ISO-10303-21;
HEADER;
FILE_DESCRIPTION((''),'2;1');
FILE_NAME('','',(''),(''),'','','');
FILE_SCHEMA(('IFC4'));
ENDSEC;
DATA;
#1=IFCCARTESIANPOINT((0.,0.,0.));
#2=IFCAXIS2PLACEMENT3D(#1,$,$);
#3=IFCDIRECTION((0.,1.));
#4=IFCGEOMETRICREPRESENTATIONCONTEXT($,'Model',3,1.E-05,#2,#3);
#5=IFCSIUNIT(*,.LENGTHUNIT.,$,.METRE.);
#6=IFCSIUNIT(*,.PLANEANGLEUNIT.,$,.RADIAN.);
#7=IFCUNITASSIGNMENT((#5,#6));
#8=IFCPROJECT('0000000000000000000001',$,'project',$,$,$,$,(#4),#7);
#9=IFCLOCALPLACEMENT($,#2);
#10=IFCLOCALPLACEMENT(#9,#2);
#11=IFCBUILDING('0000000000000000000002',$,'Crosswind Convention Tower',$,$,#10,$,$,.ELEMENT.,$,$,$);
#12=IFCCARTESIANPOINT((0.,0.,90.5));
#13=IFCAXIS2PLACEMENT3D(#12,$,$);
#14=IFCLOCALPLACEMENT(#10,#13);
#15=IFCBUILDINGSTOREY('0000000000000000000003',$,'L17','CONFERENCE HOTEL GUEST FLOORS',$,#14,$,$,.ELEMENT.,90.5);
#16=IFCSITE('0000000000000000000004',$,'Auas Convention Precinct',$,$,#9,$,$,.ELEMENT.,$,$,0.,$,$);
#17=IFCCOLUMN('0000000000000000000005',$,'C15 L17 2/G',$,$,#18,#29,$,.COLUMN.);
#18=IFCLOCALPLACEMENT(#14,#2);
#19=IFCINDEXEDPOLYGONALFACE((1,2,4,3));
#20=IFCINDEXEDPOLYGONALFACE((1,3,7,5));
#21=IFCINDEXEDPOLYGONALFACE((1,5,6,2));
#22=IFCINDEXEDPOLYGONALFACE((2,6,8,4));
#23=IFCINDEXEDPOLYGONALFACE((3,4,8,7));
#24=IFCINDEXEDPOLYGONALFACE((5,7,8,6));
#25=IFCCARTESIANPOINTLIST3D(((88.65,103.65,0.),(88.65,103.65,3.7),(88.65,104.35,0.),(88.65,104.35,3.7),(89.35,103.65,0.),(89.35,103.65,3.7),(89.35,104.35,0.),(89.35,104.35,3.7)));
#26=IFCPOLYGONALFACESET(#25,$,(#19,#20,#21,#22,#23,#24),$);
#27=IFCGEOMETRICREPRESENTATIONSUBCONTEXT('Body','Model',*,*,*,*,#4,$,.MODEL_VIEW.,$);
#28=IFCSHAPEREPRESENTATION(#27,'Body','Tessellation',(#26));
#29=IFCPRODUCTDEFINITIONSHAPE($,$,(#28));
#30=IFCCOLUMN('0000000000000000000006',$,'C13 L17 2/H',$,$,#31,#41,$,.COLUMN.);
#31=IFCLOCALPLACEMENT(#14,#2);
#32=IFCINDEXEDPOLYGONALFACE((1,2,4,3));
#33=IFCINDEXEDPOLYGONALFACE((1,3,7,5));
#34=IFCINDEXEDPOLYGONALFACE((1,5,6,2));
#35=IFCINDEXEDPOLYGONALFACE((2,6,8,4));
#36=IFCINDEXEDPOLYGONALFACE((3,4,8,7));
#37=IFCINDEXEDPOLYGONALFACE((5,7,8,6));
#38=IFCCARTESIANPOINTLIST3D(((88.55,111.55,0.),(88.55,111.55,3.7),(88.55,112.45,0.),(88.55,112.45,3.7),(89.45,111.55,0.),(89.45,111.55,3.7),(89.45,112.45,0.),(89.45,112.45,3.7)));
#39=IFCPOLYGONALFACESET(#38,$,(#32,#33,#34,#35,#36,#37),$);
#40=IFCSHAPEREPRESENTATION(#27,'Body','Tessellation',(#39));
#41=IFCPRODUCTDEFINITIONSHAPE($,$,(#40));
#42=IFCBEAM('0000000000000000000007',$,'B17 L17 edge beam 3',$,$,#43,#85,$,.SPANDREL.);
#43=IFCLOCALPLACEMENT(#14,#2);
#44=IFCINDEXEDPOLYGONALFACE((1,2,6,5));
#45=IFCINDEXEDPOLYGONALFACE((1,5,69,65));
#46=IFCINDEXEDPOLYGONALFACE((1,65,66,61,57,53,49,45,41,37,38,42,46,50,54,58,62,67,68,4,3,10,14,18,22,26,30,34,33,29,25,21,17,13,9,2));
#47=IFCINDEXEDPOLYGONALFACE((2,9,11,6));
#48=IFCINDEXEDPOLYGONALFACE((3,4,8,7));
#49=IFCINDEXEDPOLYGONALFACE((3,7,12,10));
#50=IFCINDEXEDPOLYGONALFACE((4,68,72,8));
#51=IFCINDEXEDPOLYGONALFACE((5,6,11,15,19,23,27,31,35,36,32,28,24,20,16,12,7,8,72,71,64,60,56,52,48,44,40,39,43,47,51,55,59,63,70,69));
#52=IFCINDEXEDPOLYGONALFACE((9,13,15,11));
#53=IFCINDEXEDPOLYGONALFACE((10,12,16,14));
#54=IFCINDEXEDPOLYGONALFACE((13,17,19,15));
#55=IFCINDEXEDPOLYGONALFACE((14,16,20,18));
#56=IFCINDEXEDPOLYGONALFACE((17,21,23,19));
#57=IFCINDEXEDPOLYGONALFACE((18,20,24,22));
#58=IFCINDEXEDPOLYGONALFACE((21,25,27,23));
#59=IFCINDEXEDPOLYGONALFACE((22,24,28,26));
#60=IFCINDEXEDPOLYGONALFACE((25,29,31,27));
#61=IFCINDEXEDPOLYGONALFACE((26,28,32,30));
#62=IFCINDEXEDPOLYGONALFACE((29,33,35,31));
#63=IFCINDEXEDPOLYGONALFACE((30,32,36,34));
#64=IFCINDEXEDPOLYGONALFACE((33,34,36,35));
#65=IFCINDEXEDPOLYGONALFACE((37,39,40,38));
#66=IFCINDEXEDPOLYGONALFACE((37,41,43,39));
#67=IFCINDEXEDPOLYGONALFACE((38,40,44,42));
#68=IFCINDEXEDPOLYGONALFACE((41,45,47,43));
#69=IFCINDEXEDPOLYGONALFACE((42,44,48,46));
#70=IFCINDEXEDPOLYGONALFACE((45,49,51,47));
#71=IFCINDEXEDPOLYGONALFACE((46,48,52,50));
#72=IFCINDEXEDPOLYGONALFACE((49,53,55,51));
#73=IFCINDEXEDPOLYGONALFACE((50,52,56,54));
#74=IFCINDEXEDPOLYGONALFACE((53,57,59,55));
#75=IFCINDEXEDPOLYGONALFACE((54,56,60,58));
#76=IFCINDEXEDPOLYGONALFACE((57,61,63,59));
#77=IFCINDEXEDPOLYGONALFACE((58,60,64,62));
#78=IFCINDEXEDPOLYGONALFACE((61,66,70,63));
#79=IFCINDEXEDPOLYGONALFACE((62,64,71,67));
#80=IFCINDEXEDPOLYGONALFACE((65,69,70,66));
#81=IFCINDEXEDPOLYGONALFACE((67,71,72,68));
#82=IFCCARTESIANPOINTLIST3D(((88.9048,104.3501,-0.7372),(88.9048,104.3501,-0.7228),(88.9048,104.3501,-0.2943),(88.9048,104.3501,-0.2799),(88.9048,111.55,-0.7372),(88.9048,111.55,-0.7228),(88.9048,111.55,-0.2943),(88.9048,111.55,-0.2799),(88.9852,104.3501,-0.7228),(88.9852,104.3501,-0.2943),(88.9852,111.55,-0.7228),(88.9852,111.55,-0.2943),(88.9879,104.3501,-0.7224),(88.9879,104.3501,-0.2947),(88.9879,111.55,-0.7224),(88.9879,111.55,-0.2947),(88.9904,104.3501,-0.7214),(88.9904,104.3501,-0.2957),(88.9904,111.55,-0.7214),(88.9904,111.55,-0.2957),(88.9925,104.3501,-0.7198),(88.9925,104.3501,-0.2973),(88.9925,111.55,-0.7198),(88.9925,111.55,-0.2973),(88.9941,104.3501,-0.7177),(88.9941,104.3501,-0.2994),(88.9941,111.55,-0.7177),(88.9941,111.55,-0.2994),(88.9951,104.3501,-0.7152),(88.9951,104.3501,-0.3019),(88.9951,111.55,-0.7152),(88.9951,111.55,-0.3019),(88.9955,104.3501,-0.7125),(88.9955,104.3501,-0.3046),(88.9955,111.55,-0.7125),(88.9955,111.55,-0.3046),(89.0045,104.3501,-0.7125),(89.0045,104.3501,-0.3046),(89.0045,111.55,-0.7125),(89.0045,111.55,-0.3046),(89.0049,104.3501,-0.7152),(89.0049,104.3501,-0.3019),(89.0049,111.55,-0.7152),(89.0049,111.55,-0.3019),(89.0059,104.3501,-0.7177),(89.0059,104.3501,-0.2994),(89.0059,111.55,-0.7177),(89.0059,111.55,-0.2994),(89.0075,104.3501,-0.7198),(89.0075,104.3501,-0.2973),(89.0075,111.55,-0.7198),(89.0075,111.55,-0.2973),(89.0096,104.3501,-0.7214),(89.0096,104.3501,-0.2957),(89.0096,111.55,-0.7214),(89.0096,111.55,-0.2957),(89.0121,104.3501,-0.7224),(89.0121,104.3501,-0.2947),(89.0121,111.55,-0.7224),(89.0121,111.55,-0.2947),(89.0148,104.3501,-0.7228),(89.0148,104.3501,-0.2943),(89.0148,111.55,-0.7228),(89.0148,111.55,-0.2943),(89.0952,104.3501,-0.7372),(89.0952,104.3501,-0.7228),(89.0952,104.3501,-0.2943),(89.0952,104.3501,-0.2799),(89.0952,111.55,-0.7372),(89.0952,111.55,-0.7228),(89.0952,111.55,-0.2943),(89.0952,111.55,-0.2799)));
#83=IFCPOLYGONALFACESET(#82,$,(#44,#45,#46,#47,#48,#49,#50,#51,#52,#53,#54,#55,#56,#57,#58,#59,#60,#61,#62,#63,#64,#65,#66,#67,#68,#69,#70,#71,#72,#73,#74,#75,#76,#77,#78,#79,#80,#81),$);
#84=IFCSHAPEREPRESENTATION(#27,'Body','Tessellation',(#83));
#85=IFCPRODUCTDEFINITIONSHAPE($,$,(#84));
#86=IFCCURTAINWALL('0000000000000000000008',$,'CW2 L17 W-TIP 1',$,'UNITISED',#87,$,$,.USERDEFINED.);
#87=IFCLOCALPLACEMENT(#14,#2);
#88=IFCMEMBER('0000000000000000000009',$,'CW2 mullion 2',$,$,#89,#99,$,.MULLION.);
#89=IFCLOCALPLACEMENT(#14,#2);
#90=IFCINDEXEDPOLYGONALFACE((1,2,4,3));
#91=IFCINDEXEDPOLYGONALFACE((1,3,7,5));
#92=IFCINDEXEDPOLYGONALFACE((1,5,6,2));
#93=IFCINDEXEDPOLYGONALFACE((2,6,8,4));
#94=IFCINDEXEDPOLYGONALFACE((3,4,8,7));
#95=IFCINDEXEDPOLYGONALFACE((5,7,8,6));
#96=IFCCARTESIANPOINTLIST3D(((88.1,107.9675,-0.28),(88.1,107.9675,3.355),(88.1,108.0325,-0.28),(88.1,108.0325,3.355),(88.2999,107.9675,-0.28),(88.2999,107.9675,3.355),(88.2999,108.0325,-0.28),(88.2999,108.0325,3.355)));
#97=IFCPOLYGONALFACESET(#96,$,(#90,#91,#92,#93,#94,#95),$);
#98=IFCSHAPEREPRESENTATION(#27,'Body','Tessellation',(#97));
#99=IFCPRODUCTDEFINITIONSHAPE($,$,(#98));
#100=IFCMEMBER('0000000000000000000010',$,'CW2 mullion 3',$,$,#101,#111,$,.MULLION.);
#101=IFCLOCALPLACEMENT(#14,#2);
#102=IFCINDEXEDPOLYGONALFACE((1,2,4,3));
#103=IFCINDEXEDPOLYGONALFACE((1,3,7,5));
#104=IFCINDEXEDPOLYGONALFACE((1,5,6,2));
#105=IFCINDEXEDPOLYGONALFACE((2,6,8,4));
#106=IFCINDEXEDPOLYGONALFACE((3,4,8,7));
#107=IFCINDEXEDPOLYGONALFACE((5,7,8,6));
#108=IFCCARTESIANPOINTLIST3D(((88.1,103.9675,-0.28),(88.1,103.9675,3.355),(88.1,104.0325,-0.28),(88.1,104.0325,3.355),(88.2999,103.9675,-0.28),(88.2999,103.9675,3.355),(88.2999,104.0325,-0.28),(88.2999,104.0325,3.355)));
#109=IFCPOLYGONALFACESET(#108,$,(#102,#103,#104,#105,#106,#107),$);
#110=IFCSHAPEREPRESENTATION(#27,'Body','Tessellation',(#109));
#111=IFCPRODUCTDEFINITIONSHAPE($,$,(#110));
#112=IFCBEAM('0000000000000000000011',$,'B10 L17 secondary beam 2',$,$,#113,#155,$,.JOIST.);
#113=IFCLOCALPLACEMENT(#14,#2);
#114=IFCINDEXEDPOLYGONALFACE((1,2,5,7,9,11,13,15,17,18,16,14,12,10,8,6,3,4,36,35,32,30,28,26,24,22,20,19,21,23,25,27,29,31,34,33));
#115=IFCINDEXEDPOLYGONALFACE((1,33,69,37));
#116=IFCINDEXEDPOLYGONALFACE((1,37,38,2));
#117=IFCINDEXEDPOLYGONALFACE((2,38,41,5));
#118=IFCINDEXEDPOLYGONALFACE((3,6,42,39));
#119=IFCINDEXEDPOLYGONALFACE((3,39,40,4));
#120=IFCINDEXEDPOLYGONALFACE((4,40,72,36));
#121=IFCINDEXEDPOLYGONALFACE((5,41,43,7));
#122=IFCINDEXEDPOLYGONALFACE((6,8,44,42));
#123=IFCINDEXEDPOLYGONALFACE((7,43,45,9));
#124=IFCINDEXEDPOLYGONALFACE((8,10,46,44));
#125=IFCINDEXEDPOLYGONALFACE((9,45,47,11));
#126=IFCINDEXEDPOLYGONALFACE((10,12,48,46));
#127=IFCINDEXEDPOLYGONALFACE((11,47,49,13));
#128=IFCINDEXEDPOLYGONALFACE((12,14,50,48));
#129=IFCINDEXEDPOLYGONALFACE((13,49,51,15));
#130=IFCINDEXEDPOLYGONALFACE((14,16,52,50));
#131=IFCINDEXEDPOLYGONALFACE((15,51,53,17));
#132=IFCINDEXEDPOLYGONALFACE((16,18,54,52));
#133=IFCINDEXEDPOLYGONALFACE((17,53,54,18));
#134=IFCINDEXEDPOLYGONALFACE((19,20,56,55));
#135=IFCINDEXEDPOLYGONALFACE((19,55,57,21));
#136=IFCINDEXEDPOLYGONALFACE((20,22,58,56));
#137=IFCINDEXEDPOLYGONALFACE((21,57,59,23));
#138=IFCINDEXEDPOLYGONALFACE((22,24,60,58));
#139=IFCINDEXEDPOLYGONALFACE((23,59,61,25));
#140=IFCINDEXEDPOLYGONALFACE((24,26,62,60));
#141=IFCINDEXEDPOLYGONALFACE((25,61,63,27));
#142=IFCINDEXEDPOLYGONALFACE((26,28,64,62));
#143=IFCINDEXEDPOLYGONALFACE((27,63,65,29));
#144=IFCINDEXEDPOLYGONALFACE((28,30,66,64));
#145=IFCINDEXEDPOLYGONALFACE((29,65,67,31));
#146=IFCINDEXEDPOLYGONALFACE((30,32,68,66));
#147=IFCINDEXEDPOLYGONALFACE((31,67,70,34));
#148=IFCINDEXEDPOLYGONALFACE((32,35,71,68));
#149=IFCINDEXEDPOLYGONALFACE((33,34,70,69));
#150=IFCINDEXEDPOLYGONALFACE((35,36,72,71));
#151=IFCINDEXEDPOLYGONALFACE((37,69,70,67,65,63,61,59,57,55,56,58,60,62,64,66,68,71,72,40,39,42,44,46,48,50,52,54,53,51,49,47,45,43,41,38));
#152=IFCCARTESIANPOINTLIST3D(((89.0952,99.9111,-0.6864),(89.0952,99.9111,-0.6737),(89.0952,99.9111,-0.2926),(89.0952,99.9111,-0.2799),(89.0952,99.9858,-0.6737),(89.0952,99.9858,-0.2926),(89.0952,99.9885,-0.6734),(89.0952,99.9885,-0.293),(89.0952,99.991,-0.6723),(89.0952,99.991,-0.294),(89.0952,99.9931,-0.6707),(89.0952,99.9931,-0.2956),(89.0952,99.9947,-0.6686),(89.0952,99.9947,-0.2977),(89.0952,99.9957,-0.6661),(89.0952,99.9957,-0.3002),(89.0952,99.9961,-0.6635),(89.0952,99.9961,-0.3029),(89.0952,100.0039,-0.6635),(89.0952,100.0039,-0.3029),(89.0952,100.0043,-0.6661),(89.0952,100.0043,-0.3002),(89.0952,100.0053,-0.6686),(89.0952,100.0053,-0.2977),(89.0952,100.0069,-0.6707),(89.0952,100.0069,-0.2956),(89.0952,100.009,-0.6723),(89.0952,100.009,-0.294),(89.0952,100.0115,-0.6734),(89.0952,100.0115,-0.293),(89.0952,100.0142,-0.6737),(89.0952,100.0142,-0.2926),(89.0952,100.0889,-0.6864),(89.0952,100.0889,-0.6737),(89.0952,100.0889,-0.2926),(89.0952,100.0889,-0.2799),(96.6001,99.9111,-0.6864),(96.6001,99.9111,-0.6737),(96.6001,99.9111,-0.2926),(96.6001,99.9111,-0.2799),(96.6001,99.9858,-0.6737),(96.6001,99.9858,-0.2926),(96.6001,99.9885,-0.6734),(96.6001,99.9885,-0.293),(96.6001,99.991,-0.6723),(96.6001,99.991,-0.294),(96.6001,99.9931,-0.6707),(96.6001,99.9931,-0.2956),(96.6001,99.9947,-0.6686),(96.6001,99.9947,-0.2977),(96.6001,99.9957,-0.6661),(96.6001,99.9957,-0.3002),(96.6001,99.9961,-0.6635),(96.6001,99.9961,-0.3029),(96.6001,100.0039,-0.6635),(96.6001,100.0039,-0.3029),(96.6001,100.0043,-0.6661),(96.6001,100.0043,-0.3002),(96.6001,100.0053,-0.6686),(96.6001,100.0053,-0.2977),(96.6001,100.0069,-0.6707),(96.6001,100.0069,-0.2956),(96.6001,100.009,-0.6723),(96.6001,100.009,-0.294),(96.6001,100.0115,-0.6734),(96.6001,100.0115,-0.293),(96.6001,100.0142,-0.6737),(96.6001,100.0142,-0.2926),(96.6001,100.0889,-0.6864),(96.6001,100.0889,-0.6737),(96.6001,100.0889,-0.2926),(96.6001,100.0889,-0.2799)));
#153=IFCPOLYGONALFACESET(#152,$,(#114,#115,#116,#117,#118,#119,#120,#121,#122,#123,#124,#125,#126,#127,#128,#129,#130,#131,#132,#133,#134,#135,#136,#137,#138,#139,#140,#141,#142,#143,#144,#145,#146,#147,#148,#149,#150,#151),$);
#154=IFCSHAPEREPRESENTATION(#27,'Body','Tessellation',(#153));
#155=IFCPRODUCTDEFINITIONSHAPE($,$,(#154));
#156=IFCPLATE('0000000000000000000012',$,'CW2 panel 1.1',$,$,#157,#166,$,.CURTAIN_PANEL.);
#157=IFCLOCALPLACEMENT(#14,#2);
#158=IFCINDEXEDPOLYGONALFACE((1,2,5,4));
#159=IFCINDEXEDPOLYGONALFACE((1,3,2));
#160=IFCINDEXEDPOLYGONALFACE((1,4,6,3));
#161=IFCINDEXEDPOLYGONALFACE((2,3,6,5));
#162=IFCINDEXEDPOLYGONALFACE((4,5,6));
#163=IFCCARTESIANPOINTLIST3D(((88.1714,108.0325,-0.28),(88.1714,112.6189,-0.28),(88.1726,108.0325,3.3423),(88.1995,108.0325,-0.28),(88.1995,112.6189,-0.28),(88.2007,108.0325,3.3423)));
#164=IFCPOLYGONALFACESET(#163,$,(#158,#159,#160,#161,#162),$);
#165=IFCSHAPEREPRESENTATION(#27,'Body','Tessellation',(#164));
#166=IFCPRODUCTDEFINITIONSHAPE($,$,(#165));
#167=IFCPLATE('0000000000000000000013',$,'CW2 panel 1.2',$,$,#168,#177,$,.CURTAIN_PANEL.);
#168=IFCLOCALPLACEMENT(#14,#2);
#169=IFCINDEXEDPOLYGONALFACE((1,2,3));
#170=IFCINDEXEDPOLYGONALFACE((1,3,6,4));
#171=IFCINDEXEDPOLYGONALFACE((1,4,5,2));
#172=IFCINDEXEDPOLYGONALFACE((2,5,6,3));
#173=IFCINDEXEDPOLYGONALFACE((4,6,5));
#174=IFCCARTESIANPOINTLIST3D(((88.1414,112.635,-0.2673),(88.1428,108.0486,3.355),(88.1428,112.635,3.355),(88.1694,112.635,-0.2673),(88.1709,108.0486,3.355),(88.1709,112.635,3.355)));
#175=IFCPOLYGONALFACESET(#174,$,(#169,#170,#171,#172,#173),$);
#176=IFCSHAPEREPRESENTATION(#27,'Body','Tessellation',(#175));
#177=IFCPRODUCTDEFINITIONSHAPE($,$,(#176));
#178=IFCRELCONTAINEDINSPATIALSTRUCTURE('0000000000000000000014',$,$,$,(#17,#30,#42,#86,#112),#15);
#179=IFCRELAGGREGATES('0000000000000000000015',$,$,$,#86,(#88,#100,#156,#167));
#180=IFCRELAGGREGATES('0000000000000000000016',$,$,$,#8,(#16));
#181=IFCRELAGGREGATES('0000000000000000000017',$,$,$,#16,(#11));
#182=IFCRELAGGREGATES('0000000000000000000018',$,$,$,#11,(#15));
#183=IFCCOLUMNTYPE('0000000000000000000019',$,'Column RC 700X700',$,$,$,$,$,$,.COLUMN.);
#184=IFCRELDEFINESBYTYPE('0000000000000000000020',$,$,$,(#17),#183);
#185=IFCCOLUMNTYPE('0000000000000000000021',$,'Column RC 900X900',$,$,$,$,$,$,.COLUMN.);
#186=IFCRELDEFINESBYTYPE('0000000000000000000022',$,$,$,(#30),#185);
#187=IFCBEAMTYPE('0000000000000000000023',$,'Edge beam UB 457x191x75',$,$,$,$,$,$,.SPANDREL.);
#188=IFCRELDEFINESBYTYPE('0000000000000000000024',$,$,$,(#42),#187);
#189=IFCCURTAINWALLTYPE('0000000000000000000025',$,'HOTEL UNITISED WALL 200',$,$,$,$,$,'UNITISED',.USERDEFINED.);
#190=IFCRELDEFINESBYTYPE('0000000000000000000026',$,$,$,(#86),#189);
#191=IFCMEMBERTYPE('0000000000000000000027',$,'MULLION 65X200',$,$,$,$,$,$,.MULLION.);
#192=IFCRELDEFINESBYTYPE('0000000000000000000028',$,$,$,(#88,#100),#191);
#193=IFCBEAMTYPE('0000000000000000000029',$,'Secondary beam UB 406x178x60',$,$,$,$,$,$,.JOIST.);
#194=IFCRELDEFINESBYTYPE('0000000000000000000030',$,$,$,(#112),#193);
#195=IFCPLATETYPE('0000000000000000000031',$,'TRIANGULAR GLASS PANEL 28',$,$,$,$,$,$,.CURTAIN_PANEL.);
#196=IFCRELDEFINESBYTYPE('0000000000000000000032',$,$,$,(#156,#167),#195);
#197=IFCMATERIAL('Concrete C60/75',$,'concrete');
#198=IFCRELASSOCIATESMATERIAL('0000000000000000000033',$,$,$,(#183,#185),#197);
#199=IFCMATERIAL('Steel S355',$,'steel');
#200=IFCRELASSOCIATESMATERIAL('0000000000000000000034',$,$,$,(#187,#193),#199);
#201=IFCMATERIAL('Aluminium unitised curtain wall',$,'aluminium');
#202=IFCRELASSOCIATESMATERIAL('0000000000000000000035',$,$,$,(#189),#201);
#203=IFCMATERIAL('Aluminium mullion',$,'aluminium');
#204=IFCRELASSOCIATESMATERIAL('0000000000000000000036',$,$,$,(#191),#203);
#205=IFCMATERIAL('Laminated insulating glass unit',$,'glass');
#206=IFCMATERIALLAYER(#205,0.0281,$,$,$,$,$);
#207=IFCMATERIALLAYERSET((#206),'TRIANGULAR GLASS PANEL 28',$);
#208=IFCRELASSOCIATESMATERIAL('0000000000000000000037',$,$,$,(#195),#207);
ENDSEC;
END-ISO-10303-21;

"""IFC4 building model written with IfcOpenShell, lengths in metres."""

from ifc_helpers import new_model, si_unit, direction, frame, origin, origin_2d, place, context, subcontext, project, spatial, polyline, rectangle, i_section, outline, extrude, material, layer, layer_set, material_profile, profile_set, type_object, element, aggregate, save


model = new_model("IFC4")

# Units and contexts
model_context = context("Model", 3, precision=1e-05, world=origin(), true_north=direction((0.0, 1.0)))
body_context = subcontext(model_context, "Body", "Model", "MODEL_VIEW")
ifc_project = project(units=[si_unit("LENGTHUNIT", "METRE"), si_unit("PLANEANGLEUNIT", "RADIAN")], contexts=[model_context])

# Site, building, storey
site_placement = place(None, origin())
site = spatial("IfcSite", under=ifc_project, at=site_placement, Name="Auas Convention Precinct", CompositionType="ELEMENT", RefElevation=0.0)
building_placement = place(site_placement, origin())
building = spatial("IfcBuilding", under=site, at=building_placement, Name="Crosswind Convention Tower", CompositionType="ELEMENT")
storey_placement = place(building_placement, frame((0.0, 0.0, 90.5)))
storey = spatial("IfcBuildingStorey", under=building, at=storey_placement, Name="L17", Description="CONFERENCE HOTEL GUEST FLOORS", CompositionType="ELEMENT", Elevation=90.5)

# Columns
ifc_material_1 = material(Name="Concrete C60/75", Category="concrete")
ifc_material_profile_1 = material_profile(ifc_material_1, rectangle(XDim=0.7, YDim=0.7, at=origin_2d()), Name="RC 700X700")
ifc_profile_set_1 = profile_set([ifc_material_profile_1], Name="Concrete C60/75")
column_type_1 = type_object("IfcColumnType", Name="Column RC 700X700", PredefinedType="COLUMN", material=ifc_profile_set_1)
column_1_placement = place(storey_placement, frame((89.0, 104.0, 0.0), z_axis=(0.0, 0.0, 1.0), x_axis=(1.0, 0.0, 0.0)))
element("IfcColumn", 1, at=column_1_placement, inside=storey, type_object=column_type_1, Name="C15 L17 2/G", PredefinedType="COLUMN", context=body_context, shape_type="SweptSolid", body=[
    extrude(rectangle(XDim=0.7, YDim=0.7, at=origin_2d()), origin(), (0.0, 0.0, 1.0), 3.7),
])
ifc_material_profile_2 = material_profile(ifc_material_1, rectangle(XDim=0.8999, YDim=0.8999, at=origin_2d()), Name="RC 900X900")
ifc_profile_set_2 = profile_set([ifc_material_profile_2], Name="Concrete C60/75")
column_type_2 = type_object("IfcColumnType", Name="Column RC 900X900", PredefinedType="COLUMN", material=ifc_profile_set_2)
column_2_placement = place(storey_placement, frame((89.0, 112.0, 0.0), z_axis=(0.0, 0.0, 1.0), x_axis=(1.0, 0.0, 0.0)))
element("IfcColumn", 2, at=column_2_placement, inside=storey, type_object=column_type_2, Name="C13 L17 2/H", PredefinedType="COLUMN", context=body_context, shape_type="SweptSolid", body=[
    extrude(rectangle(XDim=0.8999, YDim=0.8999, at=origin_2d()), origin(), (0.0, 0.0, 1.0), 3.7),
])

# Beam
ifc_material_2 = material(Name="Steel S355", Category="steel")
ifc_material_profile_3 = material_profile(ifc_material_2, i_section(OverallWidth=0.1904, OverallDepth=0.4573, WebThickness=0.009, FlangeThickness=0.0144, FilletRadius=0.0103, at=origin_2d()), Name="UB 457x191x75")
ifc_profile_set_3 = profile_set([ifc_material_profile_3], Name="Steel S355")
beam_type_1 = type_object("IfcBeamType", Name="Edge beam UB 457x191x75", PredefinedType="SPANDREL", material=ifc_profile_set_3)
beam_1_placement = place(storey_placement, frame((89.0, 104.3501, -0.5085), z_axis=(0.0, 1.0, 0.0), x_axis=(-1.0, 0.0, 0.0)))
element("IfcBeam", 3, at=beam_1_placement, inside=storey, type_object=beam_type_1, Name="B17 L17 edge beam 3", PredefinedType="SPANDREL", context=body_context, shape_type="SweptSolid", body=[
    extrude(i_section(OverallWidth=0.1904, OverallDepth=0.4573, WebThickness=0.009, FlangeThickness=0.0144, FilletRadius=0.0103, at=origin_2d()), origin(), (0.0, 0.0, 1.0), 7.2),
])

# Curtain wall, members
ifc_material_3 = material(Name="Aluminium unitised curtain wall", Category="aluminium")
curtain_wall_type = type_object("IfcCurtainWallType", Name="HOTEL UNITISED WALL 200", ElementType="UNITISED", PredefinedType="USERDEFINED", material=ifc_material_3)
curtain_wall_placement = place(storey_placement, origin())
curtain_wall = element("IfcCurtainWall", 4, at=curtain_wall_placement, inside=storey, type_object=curtain_wall_type, Name="CW2 L17 W-TIP 1", ObjectType="UNITISED", PredefinedType="USERDEFINED")
ifc_material_4 = material(Name="Aluminium mullion", Category="aluminium")
ifc_material_profile_4 = material_profile(ifc_material_4, rectangle(XDim=0.2, YDim=0.0649, at=origin_2d()), Name="AL 200X65")
ifc_profile_set_4 = profile_set([ifc_material_profile_4], Name="Aluminium mullion")
member_type = type_object("IfcMemberType", Name="MULLION 65X200", PredefinedType="MULLION", material=ifc_profile_set_4)
member_1_placement = place(storey_placement, frame((88.2, 108.0, -0.28), z_axis=(0.0, 0.0, 1.0), x_axis=(-1.0, 0.0, 0.0)))
member_1 = element("IfcMember", 5, at=member_1_placement, type_object=member_type, Name="CW2 mullion 2", PredefinedType="MULLION", context=body_context, shape_type="SweptSolid", body=[
    extrude(rectangle(XDim=0.2, YDim=0.0649, at=origin_2d()), origin(), (0.0, 0.0, 1.0), 3.635),
])
member_2_placement = place(storey_placement, frame((88.2, 104.0, -0.28), z_axis=(0.0, 0.0, 1.0), x_axis=(-1.0, 0.0, 0.0)))
member_2 = element("IfcMember", 6, at=member_2_placement, type_object=member_type, Name="CW2 mullion 3", PredefinedType="MULLION", context=body_context, shape_type="SweptSolid", body=[
    extrude(rectangle(XDim=0.2, YDim=0.0649, at=origin_2d()), origin(), (0.0, 0.0, 1.0), 3.635),
])

# Beam
ifc_material_profile_5 = material_profile(ifc_material_2, i_section(OverallWidth=0.1777, OverallDepth=0.4065, WebThickness=0.0078, FlangeThickness=0.0127, FilletRadius=0.0103, at=origin_2d()), Name="UB 406x178x60")
ifc_profile_set_5 = profile_set([ifc_material_profile_5], Name="Steel S355")
beam_type_2 = type_object("IfcBeamType", Name="Secondary beam UB 406x178x60", PredefinedType="JOIST", material=ifc_profile_set_5)
beam_2_placement = place(storey_placement, frame((89.0952, 100.0, -0.4832), z_axis=(1.0, 0.0, 0.0), x_axis=(0.0, 1.0, 0.0)))
element("IfcBeam", 7, at=beam_2_placement, inside=storey, type_object=beam_type_2, Name="B10 L17 secondary beam 2", PredefinedType="JOIST", context=body_context, shape_type="SweptSolid", body=[
    extrude(i_section(OverallWidth=0.1777, OverallDepth=0.4065, WebThickness=0.0078, FlangeThickness=0.0127, FilletRadius=0.0103, at=origin_2d()), origin(), (0.0, 0.0, 1.0), 7.5049),
])

# Plates
ifc_material_5 = material(Name="Laminated insulating glass unit", Category="glass")
ifc_layer_1 = layer(ifc_material_5, 0.0281)
ifc_layer_set_1 = layer_set([ifc_layer_1], Name="TRIANGULAR GLASS PANEL 28")
plate_type = type_object("IfcPlateType", Name="TRIANGULAR GLASS PANEL 28", PredefinedType="CURTAIN_PANEL", material=ifc_layer_set_1)
plate_1_placement = place(storey_placement, frame((88.1714, 108.0325, -0.28), z_axis=(-1.0, 0.0, 0.000337), x_axis=(0.000337, 0.0, 1.0)))
plate_1 = element("IfcPlate", 8, at=plate_1_placement, type_object=plate_type, Name="CW2 panel 1.1", PredefinedType="CURTAIN_PANEL", context=body_context, shape_type="SweptSolid", body=[
    extrude(outline(polyline([(0.0, 0.0), (3.6223, 0.0), (0.0, 4.5864), (0.0, 0.0)])), origin(), (0.0, 0.0, -1.0), 0.0281),
])
plate_2_placement = place(storey_placement, frame((88.1428, 112.635, 3.355), z_axis=(-1.0, 0.0, 0.000404), x_axis=(-0.000404, 0.0, -1.0)))
plate_2 = element("IfcPlate", 9, at=plate_2_placement, type_object=plate_type, Name="CW2 panel 1.2", PredefinedType="CURTAIN_PANEL", context=body_context, shape_type="SweptSolid", body=[
    extrude(outline(polyline([(0.0, 0.0), (3.6223, 0.0), (0.0, 4.5864), (0.0, 0.0)])), origin(), (0.0, 0.0, -1.0), 0.0281),
])

aggregate(curtain_wall, [member_1, member_2, plate_1, plate_2])

save(model, "model.ifc")
